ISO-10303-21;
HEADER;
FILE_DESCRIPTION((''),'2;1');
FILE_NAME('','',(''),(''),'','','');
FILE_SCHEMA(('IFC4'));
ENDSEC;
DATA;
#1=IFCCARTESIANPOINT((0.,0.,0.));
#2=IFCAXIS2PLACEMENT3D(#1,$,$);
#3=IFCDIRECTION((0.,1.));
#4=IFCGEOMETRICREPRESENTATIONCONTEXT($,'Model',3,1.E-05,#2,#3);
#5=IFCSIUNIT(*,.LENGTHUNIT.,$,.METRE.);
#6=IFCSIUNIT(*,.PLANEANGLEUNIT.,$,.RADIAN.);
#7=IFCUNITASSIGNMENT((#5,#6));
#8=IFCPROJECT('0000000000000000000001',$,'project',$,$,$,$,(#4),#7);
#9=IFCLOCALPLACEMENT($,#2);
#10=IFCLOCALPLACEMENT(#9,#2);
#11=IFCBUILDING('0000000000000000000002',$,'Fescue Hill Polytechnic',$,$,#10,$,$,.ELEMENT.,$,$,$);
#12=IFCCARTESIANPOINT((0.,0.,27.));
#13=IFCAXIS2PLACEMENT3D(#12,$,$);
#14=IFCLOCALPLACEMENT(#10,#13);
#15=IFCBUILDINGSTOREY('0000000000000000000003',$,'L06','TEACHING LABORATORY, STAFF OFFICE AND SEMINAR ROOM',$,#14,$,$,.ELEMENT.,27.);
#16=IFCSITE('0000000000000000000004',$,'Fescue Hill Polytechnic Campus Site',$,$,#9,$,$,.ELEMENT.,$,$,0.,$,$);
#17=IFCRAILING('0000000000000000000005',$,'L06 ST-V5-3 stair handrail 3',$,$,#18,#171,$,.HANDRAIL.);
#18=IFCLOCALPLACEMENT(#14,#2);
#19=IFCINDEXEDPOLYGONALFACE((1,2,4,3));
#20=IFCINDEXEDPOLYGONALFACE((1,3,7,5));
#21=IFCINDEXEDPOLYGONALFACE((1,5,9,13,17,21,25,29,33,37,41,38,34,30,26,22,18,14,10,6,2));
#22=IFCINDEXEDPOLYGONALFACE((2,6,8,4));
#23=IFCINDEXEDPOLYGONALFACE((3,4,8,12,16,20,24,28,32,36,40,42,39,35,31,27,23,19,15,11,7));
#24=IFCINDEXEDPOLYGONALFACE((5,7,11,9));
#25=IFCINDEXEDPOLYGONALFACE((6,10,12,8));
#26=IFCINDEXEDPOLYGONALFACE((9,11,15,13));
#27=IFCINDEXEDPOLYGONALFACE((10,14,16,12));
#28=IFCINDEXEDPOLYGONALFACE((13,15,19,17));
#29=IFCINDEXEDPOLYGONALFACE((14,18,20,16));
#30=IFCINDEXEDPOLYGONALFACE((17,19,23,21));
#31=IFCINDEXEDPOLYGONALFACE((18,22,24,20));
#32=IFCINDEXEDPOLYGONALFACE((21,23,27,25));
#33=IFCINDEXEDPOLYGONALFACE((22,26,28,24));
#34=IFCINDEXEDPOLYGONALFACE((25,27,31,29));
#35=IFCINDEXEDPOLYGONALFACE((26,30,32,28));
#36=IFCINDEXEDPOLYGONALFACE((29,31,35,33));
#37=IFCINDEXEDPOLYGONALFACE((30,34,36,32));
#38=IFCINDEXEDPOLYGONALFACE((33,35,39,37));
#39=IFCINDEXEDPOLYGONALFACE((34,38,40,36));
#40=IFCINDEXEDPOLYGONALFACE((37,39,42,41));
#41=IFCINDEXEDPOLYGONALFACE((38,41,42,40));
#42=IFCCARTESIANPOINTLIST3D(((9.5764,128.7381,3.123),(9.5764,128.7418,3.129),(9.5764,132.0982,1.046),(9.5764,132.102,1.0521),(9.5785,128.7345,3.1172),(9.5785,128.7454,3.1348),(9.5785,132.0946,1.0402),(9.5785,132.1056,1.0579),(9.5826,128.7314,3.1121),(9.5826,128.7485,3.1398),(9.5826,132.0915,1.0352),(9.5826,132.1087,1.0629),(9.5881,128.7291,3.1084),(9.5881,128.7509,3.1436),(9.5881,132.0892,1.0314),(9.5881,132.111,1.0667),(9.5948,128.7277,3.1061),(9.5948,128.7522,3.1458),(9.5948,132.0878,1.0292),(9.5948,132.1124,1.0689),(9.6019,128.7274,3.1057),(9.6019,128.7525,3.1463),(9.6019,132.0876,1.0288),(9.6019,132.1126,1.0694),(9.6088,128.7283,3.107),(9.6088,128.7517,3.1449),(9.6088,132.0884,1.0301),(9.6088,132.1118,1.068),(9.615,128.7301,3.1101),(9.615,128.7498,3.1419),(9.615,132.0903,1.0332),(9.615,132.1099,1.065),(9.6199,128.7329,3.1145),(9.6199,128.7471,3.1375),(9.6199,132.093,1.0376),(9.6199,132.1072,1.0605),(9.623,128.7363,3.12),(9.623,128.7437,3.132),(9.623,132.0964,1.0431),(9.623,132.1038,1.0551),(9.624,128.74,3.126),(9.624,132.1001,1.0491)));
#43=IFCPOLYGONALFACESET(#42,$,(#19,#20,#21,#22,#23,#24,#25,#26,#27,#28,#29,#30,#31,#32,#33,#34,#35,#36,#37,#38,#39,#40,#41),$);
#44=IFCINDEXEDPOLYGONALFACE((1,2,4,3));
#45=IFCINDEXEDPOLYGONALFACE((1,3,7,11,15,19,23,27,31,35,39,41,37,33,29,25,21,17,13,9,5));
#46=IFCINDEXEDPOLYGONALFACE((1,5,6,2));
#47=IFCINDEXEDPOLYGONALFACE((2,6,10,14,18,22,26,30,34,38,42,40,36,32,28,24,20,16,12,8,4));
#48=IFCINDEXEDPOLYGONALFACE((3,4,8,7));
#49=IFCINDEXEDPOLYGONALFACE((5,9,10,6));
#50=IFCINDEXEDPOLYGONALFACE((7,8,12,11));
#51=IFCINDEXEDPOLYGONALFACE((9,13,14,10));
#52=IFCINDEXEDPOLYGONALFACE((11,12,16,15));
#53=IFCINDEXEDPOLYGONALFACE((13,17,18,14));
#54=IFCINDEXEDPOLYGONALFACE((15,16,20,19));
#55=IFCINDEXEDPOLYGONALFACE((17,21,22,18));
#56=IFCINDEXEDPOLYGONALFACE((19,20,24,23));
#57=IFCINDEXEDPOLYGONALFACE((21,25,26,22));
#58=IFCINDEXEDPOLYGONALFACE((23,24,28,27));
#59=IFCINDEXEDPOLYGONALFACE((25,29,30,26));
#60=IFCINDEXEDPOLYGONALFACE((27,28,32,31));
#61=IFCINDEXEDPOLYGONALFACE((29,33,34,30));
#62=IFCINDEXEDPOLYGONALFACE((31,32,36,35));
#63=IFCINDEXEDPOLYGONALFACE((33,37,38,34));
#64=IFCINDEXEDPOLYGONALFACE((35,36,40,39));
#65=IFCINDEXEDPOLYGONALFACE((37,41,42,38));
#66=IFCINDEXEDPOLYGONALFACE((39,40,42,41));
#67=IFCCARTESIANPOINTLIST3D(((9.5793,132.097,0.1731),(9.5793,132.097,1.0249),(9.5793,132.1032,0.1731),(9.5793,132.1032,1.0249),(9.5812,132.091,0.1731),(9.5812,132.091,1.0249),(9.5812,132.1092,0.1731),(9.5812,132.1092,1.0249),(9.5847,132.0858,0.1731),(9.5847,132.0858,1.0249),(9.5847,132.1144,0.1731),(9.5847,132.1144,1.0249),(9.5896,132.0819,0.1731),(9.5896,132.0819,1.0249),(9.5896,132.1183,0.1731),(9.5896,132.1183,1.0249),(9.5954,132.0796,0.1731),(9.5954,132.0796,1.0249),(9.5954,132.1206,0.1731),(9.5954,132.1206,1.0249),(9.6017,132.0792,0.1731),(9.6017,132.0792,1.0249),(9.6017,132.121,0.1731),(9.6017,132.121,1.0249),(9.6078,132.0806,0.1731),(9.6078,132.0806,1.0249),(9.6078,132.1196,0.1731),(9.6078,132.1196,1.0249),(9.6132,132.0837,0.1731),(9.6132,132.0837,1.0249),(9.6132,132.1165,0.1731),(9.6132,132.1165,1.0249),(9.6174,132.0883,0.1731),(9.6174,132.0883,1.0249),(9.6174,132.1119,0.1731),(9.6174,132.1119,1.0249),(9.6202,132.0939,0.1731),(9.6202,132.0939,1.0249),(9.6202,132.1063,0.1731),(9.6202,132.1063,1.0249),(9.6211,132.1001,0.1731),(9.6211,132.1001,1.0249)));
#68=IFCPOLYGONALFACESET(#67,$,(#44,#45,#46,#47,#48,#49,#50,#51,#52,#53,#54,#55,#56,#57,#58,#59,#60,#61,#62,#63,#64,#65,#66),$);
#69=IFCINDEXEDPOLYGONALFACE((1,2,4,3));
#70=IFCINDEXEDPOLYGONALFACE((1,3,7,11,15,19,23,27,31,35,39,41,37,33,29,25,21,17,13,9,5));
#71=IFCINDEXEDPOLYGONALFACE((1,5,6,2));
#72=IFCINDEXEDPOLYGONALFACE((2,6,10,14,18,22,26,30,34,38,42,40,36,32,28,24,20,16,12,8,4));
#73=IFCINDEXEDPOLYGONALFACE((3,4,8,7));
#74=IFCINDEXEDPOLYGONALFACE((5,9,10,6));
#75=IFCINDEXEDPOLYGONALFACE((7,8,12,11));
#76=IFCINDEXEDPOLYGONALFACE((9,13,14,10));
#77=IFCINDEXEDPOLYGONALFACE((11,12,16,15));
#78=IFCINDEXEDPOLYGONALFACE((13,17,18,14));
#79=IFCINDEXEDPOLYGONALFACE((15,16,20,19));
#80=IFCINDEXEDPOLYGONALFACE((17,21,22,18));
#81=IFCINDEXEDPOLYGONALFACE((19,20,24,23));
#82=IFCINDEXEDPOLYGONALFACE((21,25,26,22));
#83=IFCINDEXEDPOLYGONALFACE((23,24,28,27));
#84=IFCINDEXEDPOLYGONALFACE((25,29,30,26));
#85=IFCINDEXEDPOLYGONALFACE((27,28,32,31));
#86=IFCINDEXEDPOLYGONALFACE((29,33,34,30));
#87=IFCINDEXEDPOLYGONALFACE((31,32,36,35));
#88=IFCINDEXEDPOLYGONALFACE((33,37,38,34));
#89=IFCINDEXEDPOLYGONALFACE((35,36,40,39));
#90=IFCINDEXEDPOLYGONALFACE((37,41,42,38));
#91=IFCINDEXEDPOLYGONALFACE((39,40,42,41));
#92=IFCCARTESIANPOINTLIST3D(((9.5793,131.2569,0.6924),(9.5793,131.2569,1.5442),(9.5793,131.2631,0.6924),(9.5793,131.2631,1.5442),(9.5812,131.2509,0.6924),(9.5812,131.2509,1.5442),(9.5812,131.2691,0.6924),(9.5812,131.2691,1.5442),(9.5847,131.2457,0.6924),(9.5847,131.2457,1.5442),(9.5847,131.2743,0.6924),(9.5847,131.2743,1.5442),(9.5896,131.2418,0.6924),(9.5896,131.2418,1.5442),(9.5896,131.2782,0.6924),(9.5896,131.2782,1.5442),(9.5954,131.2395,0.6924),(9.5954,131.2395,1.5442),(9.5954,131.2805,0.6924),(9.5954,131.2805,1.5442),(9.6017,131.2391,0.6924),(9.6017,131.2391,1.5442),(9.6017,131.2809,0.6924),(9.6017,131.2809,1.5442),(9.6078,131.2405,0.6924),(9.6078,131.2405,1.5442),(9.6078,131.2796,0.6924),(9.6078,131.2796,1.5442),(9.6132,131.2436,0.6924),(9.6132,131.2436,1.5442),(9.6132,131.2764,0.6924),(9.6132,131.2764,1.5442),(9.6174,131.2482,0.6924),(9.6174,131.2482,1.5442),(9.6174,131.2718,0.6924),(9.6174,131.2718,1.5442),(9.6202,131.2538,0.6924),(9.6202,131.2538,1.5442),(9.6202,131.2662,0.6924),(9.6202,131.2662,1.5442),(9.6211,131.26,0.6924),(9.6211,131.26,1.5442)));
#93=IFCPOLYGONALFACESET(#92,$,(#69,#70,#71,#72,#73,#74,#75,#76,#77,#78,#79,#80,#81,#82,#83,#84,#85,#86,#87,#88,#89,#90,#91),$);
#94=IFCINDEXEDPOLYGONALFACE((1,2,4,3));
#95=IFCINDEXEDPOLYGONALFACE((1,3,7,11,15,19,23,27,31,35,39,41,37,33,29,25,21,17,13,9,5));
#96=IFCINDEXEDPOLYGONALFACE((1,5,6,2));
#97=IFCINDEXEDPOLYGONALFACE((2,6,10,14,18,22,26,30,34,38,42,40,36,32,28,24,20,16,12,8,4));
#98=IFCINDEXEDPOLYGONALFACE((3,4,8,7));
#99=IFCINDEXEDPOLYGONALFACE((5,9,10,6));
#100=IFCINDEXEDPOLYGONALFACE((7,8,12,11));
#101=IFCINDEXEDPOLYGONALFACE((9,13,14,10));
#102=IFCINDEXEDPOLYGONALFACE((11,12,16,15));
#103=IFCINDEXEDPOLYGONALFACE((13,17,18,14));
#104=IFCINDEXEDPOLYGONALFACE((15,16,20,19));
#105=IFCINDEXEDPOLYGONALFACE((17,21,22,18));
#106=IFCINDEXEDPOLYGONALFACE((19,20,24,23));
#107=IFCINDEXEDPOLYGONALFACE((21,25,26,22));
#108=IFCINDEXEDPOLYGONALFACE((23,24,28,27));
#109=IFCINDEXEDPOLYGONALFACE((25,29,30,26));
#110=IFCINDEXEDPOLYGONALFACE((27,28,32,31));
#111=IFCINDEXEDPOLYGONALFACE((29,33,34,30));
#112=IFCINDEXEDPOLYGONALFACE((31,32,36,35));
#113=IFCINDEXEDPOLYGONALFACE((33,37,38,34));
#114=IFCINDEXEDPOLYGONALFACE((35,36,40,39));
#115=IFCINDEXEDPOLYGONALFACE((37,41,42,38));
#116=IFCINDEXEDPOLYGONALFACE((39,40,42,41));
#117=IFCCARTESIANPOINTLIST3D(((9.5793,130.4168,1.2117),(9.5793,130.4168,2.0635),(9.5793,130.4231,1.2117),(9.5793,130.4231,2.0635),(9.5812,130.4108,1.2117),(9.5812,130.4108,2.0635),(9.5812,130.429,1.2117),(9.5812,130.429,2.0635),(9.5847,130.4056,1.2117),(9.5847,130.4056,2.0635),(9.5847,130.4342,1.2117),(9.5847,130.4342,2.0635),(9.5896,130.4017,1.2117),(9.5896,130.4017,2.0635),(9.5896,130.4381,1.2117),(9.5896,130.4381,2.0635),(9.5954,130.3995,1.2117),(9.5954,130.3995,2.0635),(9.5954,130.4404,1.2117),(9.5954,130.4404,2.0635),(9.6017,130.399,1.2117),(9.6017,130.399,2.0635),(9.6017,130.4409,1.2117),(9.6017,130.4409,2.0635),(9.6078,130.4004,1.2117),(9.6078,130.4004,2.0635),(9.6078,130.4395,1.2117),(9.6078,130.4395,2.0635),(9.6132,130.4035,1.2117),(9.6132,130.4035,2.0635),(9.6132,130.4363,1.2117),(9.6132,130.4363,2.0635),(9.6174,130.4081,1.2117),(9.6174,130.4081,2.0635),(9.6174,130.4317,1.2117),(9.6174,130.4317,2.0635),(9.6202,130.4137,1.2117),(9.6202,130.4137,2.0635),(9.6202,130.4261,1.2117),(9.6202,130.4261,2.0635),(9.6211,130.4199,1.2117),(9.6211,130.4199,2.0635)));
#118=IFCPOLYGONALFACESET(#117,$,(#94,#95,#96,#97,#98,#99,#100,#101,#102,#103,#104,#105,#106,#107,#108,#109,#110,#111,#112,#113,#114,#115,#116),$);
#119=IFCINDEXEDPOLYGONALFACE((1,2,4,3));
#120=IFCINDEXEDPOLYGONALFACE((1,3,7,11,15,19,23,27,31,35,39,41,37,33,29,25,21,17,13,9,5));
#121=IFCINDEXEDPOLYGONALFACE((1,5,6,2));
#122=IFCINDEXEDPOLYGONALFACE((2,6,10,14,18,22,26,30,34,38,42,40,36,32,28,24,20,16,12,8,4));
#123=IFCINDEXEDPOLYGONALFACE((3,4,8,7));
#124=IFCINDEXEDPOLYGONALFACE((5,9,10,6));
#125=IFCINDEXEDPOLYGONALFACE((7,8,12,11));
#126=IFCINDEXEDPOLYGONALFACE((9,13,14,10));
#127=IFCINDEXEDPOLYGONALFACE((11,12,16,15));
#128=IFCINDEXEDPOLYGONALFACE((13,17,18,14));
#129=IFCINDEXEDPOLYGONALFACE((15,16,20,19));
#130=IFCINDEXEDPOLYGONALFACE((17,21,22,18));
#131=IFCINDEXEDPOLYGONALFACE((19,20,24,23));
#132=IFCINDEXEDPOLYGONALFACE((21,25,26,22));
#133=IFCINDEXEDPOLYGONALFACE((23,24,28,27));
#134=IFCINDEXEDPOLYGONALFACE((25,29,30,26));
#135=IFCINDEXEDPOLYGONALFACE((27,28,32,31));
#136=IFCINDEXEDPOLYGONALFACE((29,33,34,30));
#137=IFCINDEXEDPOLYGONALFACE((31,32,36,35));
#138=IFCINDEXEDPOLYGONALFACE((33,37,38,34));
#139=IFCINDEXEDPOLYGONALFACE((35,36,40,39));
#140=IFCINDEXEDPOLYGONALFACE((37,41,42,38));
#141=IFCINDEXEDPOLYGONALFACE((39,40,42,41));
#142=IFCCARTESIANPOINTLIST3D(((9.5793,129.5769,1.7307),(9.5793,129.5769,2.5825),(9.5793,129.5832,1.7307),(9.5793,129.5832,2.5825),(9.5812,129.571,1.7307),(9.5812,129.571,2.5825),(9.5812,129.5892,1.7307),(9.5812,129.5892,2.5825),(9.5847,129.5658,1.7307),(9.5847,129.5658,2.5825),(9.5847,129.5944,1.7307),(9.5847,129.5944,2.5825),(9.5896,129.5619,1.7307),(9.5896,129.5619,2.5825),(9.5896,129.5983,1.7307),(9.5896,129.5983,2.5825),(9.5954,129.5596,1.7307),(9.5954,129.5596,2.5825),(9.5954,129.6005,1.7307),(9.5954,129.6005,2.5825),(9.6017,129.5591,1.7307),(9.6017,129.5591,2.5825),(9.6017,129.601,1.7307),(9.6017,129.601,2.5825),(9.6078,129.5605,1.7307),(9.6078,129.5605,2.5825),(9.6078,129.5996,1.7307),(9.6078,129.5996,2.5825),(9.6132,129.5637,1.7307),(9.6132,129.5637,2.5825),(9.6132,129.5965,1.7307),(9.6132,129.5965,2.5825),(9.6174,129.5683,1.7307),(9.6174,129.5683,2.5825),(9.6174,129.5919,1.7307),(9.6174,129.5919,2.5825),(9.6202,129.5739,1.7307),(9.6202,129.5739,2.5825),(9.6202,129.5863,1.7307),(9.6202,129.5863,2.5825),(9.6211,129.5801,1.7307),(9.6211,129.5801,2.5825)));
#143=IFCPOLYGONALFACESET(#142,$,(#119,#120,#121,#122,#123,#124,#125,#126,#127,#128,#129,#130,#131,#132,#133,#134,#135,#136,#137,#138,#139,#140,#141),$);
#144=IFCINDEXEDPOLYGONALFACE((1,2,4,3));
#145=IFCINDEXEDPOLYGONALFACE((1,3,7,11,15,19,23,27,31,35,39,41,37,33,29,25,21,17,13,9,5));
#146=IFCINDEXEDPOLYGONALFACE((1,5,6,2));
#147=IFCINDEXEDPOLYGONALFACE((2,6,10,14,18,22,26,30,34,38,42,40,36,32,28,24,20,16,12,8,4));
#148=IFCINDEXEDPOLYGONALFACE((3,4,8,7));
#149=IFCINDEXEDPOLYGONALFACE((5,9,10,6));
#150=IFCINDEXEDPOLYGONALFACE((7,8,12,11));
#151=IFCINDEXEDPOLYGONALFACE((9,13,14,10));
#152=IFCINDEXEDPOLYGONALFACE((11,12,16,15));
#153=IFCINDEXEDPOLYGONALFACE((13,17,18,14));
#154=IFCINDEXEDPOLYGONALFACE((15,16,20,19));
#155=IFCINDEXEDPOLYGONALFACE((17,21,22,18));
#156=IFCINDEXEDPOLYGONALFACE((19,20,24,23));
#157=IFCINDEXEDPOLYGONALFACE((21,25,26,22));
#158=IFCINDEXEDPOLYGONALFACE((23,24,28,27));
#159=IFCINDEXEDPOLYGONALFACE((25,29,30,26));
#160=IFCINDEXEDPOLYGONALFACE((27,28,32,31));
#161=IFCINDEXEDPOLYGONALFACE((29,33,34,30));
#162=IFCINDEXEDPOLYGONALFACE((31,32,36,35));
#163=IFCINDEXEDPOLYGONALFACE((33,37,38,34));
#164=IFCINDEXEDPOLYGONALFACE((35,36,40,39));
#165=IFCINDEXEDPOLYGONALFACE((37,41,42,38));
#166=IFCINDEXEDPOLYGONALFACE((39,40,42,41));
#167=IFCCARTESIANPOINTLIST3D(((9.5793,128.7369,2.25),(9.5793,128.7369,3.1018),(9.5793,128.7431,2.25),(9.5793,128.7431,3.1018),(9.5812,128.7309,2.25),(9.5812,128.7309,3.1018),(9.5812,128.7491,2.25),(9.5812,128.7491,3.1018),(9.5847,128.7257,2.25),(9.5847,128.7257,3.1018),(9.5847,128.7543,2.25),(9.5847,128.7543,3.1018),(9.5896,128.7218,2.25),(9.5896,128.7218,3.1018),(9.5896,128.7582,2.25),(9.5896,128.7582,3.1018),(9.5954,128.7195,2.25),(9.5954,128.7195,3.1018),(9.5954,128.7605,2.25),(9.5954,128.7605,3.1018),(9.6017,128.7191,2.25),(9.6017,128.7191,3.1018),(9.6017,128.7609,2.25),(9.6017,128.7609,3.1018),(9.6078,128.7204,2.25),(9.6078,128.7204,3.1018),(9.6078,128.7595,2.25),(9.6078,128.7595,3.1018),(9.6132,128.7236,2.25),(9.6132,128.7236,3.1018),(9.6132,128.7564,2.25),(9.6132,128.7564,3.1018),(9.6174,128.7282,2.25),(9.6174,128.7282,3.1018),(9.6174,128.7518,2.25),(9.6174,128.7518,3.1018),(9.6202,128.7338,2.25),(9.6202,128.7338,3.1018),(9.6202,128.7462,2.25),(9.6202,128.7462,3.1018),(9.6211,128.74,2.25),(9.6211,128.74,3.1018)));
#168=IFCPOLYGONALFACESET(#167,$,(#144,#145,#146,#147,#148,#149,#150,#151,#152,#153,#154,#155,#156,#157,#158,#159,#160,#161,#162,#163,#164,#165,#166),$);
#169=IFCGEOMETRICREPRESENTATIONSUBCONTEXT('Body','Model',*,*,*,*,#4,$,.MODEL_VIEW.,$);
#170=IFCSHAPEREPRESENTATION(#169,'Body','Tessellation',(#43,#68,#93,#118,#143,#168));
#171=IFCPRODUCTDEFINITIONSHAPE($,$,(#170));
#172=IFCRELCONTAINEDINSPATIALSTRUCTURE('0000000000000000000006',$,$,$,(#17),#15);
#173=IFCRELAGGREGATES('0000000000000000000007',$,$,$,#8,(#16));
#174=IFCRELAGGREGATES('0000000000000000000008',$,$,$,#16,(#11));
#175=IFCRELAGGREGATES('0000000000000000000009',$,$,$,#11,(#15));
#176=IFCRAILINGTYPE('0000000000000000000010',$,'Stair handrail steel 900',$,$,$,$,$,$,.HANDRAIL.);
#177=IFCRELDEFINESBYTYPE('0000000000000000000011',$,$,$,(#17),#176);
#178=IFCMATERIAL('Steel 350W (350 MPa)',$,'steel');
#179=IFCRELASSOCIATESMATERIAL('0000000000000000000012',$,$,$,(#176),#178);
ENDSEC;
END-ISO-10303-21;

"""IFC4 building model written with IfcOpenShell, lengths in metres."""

from ifc_helpers import new_model, si_unit, direction, frame, origin, origin_2d, place, context, subcontext, project, spatial, circle, extrude, material, type_object, element, save


model = new_model("IFC4")

# Units and contexts
model_context = context("Model", 3, precision=1e-05, world=origin(), true_north=direction((0.0, 1.0)))
body_context = subcontext(model_context, "Body", "Model", "MODEL_VIEW")
ifc_project = project(units=[si_unit("LENGTHUNIT", "METRE"), si_unit("PLANEANGLEUNIT", "RADIAN")], contexts=[model_context])

# Site, building, storey
site_placement = place(None, origin())
site = spatial("IfcSite", under=ifc_project, at=site_placement, Name="Fescue Hill Polytechnic Campus Site", CompositionType="ELEMENT", RefElevation=0.0)
building_placement = place(site_placement, origin())
building = spatial("IfcBuilding", under=site, at=building_placement, Name="Fescue Hill Polytechnic", CompositionType="ELEMENT")
storey_placement = place(building_placement, frame((0.0, 0.0, 27.0)))
storey = spatial("IfcBuildingStorey", under=building, at=storey_placement, Name="L06", Description="TEACHING LABORATORY, STAFF OFFICE AND SEMINAR ROOM", CompositionType="ELEMENT", Elevation=27.0)

# Railing
ifc_material_1 = material(Name="Steel 350W (350 MPa)", Category="steel")
railing_type_1 = type_object("IfcRailingType", Name="Stair handrail steel 900", PredefinedType="HANDRAIL", material=ifc_material_1)
railing_1_placement = place(storey_placement, frame((9.6001, 132.1001, 0.1731)))
element("IfcRailing", 1, at=railing_1_placement, inside=storey, type_object=railing_type_1, Name="L06 ST-V5-3 stair handrail 3", PredefinedType="HANDRAIL", context=body_context, shape_type="SweptSolid", body=[
    extrude(circle(Radius=0.0239, at=origin_2d()), frame((0.0, 0.0, 0.876), z_axis=(0.0, -0.850623, 0.525776), x_axis=(1.0, 0.0, 0.0)), (0.0, 0.0, 1.0), 3.9502),
    extrude(circle(Radius=0.021, at=origin_2d()), origin(), (0.0, 0.0, 1.0), 0.8518),
    extrude(circle(Radius=0.021, at=origin_2d()), frame((0.0, -0.8401, 0.5193)), (0.0, 0.0, 1.0), 0.8518),
    extrude(circle(Radius=0.021, at=origin_2d()), frame((0.0, -1.6802, 1.0386)), (0.0, 0.0, 1.0), 0.8518),
    extrude(circle(Radius=0.021, at=origin_2d()), frame((0.0, -2.52, 1.5576)), (0.0, 0.0, 1.0), 0.8518),
    extrude(circle(Radius=0.021, at=origin_2d()), frame((0.0, -3.3601, 2.0769)), (0.0, 0.0, 1.0), 0.8518),
])

save(model, "model.ifc")
